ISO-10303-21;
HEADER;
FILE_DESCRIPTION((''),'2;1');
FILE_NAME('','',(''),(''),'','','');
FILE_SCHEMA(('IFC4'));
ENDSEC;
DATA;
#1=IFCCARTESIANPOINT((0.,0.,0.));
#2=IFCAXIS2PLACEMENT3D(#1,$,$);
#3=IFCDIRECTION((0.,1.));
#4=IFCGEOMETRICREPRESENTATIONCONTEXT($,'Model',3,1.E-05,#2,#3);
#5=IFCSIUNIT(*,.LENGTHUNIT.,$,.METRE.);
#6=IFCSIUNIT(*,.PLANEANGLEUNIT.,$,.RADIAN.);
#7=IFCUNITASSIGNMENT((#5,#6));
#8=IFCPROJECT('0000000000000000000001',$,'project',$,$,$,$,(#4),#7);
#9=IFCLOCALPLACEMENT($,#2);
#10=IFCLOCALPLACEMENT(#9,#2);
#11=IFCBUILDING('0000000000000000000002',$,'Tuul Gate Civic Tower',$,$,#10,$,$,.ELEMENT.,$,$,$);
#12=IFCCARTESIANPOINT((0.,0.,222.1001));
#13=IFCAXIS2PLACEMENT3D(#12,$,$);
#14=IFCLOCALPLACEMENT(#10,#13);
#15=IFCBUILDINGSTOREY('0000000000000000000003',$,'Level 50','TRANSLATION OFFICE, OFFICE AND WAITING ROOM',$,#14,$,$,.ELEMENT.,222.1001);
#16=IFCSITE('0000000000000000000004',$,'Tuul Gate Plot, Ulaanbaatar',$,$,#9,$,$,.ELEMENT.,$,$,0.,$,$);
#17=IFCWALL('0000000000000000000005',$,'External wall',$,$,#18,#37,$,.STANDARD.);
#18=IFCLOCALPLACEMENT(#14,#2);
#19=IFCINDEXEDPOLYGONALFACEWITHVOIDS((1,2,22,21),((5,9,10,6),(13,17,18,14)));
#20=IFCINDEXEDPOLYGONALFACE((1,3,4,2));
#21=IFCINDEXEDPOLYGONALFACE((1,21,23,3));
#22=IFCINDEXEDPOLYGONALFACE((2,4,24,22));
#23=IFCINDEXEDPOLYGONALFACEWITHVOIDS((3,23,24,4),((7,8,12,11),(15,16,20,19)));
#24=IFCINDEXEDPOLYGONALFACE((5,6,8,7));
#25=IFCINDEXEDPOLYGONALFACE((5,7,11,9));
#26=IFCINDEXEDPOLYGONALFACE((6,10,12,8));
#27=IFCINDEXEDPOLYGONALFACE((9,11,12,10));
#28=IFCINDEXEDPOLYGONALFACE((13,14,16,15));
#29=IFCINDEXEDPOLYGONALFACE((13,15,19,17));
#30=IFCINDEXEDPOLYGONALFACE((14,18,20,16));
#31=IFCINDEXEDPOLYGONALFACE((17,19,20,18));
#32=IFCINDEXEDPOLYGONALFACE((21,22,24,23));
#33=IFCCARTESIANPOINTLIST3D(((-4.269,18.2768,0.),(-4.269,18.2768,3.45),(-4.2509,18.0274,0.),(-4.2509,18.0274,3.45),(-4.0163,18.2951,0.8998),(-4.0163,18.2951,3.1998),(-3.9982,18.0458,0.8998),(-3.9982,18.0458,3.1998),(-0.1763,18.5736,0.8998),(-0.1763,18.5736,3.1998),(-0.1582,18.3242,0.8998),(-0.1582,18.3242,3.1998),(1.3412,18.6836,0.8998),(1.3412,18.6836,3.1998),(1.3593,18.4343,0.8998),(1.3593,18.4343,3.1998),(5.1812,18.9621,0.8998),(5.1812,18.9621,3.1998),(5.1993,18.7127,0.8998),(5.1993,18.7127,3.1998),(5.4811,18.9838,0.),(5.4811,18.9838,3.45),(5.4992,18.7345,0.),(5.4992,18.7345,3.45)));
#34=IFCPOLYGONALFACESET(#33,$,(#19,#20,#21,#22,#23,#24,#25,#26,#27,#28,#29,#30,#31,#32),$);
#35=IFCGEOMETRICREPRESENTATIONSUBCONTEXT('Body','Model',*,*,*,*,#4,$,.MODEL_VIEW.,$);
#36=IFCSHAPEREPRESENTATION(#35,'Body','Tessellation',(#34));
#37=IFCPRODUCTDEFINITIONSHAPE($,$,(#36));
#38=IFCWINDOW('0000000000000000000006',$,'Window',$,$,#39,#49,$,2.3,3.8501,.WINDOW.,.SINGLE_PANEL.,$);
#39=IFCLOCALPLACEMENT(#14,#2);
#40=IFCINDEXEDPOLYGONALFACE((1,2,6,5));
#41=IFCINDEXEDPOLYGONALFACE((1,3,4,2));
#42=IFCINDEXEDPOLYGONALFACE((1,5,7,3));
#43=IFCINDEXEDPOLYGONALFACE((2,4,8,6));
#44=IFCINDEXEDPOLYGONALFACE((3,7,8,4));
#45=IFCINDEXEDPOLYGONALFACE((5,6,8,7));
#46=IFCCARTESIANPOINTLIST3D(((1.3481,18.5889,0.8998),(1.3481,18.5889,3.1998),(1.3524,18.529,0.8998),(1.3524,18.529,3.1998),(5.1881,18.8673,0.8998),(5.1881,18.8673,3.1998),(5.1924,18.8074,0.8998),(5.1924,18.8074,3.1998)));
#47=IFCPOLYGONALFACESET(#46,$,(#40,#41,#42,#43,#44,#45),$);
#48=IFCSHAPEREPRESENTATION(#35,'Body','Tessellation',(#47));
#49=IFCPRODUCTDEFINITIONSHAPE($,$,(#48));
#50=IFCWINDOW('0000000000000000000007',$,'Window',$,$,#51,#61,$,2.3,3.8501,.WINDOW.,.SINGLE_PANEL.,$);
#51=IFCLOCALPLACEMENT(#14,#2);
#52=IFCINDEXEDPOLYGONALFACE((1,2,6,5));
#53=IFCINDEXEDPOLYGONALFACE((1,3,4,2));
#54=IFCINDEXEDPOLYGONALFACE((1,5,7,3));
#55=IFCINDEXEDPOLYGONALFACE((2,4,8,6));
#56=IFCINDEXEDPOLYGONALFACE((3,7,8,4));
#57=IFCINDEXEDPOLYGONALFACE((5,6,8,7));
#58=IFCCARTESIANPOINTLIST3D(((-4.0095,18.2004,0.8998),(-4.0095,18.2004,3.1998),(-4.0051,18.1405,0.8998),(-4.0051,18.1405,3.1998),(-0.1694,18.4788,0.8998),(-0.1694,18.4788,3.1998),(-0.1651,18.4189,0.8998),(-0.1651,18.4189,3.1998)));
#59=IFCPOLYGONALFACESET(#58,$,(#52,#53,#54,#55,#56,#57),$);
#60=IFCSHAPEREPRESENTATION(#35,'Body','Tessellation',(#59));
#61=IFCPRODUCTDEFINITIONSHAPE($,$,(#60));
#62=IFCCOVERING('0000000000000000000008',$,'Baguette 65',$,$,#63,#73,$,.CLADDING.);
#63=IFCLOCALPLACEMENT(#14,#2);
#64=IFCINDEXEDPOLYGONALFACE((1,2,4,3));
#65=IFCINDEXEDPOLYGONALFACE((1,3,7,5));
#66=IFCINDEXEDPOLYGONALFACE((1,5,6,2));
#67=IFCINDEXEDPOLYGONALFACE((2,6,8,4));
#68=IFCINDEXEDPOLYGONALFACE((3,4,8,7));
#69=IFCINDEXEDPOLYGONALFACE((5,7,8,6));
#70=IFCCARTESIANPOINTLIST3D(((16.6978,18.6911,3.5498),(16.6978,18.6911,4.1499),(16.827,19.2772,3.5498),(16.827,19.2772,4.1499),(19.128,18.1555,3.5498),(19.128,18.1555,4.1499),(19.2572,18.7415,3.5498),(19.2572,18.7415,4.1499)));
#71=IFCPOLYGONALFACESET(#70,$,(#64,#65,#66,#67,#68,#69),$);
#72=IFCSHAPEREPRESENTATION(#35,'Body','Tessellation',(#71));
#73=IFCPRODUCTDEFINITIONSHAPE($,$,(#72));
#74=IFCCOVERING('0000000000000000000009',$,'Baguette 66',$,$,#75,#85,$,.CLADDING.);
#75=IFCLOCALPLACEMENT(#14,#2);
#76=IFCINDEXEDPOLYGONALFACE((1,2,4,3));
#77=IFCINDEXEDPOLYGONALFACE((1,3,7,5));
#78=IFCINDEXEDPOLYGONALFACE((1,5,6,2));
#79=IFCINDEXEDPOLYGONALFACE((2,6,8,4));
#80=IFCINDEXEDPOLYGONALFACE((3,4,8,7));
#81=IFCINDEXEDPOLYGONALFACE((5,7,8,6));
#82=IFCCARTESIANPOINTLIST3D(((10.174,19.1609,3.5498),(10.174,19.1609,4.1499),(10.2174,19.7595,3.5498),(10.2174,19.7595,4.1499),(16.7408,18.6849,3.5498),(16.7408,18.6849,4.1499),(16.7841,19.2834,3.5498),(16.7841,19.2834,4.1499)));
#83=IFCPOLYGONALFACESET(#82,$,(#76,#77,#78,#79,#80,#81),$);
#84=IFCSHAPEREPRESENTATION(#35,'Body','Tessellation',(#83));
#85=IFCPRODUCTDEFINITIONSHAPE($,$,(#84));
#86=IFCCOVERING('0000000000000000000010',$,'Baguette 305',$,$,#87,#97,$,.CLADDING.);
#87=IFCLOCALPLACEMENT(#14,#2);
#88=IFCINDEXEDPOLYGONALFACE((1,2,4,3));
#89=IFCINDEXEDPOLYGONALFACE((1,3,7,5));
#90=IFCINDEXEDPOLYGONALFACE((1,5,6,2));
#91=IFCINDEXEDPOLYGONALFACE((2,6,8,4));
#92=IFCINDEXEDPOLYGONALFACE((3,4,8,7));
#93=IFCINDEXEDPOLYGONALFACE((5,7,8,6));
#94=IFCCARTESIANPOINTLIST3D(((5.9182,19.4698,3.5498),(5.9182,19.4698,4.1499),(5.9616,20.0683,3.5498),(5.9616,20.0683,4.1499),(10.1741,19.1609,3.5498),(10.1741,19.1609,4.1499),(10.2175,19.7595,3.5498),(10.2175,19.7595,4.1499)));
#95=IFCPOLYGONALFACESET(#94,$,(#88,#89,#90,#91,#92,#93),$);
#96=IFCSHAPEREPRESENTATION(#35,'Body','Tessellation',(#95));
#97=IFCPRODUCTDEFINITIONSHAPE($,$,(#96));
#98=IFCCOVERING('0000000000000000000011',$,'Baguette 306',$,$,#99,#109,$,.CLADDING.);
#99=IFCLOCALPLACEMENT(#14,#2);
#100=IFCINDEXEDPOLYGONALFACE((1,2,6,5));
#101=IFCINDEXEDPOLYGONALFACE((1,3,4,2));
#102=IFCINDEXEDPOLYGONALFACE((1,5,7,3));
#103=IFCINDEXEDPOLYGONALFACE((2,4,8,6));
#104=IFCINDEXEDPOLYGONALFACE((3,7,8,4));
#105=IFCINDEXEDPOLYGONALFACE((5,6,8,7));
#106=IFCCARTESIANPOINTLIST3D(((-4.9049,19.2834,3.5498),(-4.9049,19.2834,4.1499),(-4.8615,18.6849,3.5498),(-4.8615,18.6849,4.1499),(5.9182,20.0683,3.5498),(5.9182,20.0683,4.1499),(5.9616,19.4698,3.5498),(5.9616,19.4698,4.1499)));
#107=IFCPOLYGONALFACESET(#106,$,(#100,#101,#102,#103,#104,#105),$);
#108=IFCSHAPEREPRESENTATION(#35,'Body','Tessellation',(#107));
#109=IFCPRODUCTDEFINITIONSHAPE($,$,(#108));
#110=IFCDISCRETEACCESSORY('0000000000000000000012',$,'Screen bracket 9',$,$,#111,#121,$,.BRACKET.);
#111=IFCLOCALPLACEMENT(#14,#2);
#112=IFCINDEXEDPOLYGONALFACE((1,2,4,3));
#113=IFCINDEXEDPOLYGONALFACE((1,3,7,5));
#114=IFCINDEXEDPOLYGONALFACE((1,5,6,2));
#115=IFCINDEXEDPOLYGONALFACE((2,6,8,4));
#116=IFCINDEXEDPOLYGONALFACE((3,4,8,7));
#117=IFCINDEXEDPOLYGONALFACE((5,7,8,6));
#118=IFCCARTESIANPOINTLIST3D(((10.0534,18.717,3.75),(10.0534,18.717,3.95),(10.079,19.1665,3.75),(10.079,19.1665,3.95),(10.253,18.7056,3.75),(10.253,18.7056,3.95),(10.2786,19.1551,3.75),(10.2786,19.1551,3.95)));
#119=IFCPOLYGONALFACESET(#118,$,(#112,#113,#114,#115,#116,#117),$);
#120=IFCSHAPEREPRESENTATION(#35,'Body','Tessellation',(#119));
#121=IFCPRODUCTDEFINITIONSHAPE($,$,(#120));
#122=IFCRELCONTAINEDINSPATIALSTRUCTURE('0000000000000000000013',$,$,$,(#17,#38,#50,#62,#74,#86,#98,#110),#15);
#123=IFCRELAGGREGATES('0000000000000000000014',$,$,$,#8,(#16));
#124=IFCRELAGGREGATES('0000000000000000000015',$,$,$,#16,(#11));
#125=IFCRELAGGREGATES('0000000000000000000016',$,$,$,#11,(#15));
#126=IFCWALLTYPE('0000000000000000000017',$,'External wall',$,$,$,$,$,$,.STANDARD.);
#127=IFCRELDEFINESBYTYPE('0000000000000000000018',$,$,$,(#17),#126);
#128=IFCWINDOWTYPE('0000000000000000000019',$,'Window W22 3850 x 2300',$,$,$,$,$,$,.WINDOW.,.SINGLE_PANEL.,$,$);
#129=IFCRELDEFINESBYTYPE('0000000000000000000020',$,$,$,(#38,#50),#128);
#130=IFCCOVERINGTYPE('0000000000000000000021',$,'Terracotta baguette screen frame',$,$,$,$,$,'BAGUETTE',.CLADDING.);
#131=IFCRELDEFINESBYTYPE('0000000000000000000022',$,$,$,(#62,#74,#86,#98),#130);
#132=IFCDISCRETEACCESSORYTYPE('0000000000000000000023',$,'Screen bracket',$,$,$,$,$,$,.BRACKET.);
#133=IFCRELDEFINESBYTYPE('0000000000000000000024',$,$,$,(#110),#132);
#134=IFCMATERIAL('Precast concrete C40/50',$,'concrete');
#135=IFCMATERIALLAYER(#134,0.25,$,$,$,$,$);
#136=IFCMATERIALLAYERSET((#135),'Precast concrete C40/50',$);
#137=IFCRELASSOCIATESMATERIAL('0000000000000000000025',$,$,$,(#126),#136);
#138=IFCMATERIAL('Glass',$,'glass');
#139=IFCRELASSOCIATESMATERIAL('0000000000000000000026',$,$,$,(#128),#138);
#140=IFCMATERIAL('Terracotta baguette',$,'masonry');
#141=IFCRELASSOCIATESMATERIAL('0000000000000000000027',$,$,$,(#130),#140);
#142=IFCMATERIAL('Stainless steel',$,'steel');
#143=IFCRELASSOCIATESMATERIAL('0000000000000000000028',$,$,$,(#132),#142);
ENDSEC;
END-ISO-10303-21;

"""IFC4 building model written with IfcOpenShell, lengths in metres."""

from ifc_helpers import new_model, si_unit, direction, frame, frame_2d, origin, origin_2d, place, context, subcontext, project, spatial, rectangle, extrude, material, layer, layer_set, material_profile, profile_set, type_object, element, fill, save


model = new_model("IFC4")

# Units and contexts
model_context = context("Model", 3, precision=1e-05, world=origin(), true_north=direction((0.0, 1.0)))
body_context = subcontext(model_context, "Body", "Model", "MODEL_VIEW")
ifc_project = project(units=[si_unit("LENGTHUNIT", "METRE"), si_unit("PLANEANGLEUNIT", "RADIAN")], contexts=[model_context])

# Site, building, storey
site_placement = place(None, origin())
site = spatial("IfcSite", under=ifc_project, at=site_placement, Name="Tuul Gate Plot, Ulaanbaatar", CompositionType="ELEMENT", RefElevation=0.0)
building_placement = place(site_placement, origin())
building = spatial("IfcBuilding", under=site, at=building_placement, Name="Tuul Gate Civic Tower", CompositionType="ELEMENT")
storey_placement = place(building_placement, frame((0.0, 0.0, 222.1001)))
storey = spatial("IfcBuildingStorey", under=building, at=storey_placement, Name="Level 50", Description="TRANSLATION OFFICE, OFFICE AND WAITING ROOM", CompositionType="ELEMENT", Elevation=222.1001)

# Wall, openings, windows
ifc_material_1 = material(Name="Precast concrete C40/50", Category="concrete")
ifc_layer_1 = layer(ifc_material_1, 0.25)
ifc_layer_set_1 = layer_set([ifc_layer_1], Name="Precast concrete C40/50")
wall_type_1 = type_object("IfcWallType", Name="External wall", PredefinedType="STANDARD", material=ifc_layer_set_1)
ifc_material_2 = material(Name="Glass", Category="glass")
window_type = type_object("IfcWindowType", Name="Window W22 3850 x 2300", PartitioningType="SINGLE_PANEL", PredefinedType="WINDOW", material=ifc_material_2)
wall_1_placement = place(storey_placement, frame((5.49, 18.8591, 0.0), z_axis=(0.0, 0.0, 1.0), x_axis=(-0.997381, -0.072326, 0.0)))
wall_1 = element("IfcWall", 1, at=wall_1_placement, inside=storey, type_object=wall_type_1, Name="External wall", PredefinedType="STANDARD", context=body_context, shape_type="SweptSolid", body=[
    extrude(rectangle(XDim=9.7756, YDim=0.25, at=frame_2d((4.8877, 0.0))), origin(), (0.0, 0.0, 1.0), 3.45),
])
opening_1_placement = place(wall_1_placement, frame((0.3005, 0.0, 0.8999)))
opening_1 = element("IfcOpeningElement", 2, at=opening_1_placement, cuts=wall_1, PredefinedType="OPENING", context=body_context, shape_type="SweptSolid", body=[
    extrude(rectangle(XDim=3.8501, YDim=2.3, at=frame_2d((1.925, 1.1499))), frame((0.0, 0.135, 0.0), z_axis=(0.0, -1.0, 0.0), x_axis=(1.0, 0.0, 0.0)), (0.0, 0.0, 1.0), 0.27),
])
opening_2_placement = place(wall_1_placement, frame((5.6721, 0.0, 0.8999)))
opening_2 = element("IfcOpeningElement", 3, at=opening_2_placement, cuts=wall_1, PredefinedType="OPENING", context=body_context, shape_type="SweptSolid", body=[
    extrude(rectangle(XDim=3.8501, YDim=2.3, at=frame_2d((1.925, 1.1499))), frame((0.0, 0.135, 0.0), z_axis=(0.0, -1.0, 0.0), x_axis=(1.0, 0.0, 0.0)), (0.0, 0.0, 1.0), 0.27),
])
window_1_placement = place(opening_1_placement, origin())
window_1 = element("IfcWindow", 4, at=window_1_placement, inside=storey, type_object=window_type, Name="Window", OverallHeight=2.3, OverallWidth=3.8501, PartitioningType="SINGLE_PANEL", PredefinedType="WINDOW", context=body_context, shape_type="SweptSolid", body=[
    extrude(rectangle(XDim=3.8501, YDim=2.3, at=frame_2d((1.925, 1.1499))), frame((0.0, 0.03, 0.0), z_axis=(0.0, -1.0, 0.0), x_axis=(1.0, 0.0, 0.0)), (0.0, 0.0, 1.0), 0.0601),
])
fill(opening_1, window_1)
window_2_placement = place(opening_2_placement, origin())
window_2 = element("IfcWindow", 5, at=window_2_placement, inside=storey, type_object=window_type, Name="Window", OverallHeight=2.3, OverallWidth=3.8501, PartitioningType="SINGLE_PANEL", PredefinedType="WINDOW", context=body_context, shape_type="SweptSolid", body=[
    extrude(rectangle(XDim=3.8501, YDim=2.3, at=frame_2d((1.925, 1.1499))), frame((0.0, 0.03, 0.0), z_axis=(0.0, -1.0, 0.0), x_axis=(1.0, 0.0, 0.0)), (0.0, 0.0, 1.0), 0.0601),
])
fill(opening_2, window_2)

# Coverings
ifc_material_3 = material(Name="Terracotta baguette", Category="masonry")
ifc_material_profile_1 = material_profile(ifc_material_3, rectangle(XDim=0.6001, YDim=0.6001, at=origin_2d()), Name="Terracotta baguette screen frame")
ifc_profile_set_1 = profile_set([ifc_material_profile_1], Name="Terracotta baguette")
covering_type = type_object("IfcCoveringType", Name="Terracotta baguette screen frame", ElementType="BAGUETTE", PredefinedType="CLADDING", material=ifc_profile_set_1)
covering_1_placement = place(storey_placement, frame((19.1926, 18.4485, 3.8499), z_axis=(-0.97656, 0.215247, 0.0), x_axis=(-0.215247, -0.97656, 0.0)))
element("IfcCovering", 6, at=covering_1_placement, inside=storey, type_object=covering_type, Name="Baguette 65", PredefinedType="CLADDING", context=body_context, shape_type="SweptSolid", body=[
    extrude(rectangle(XDim=0.6001, YDim=0.6001, at=origin_2d()), origin(), (0.0, 0.0, 1.0), 2.4885),
])
covering_2_placement = place(storey_placement, frame((16.7625, 18.9841, 3.8499), z_axis=(-0.997382, 0.072309, 0.0), x_axis=(-0.072309, -0.997382, 0.0)))
element("IfcCovering", 7, at=covering_2_placement, inside=storey, type_object=covering_type, Name="Baguette 66", PredefinedType="CLADDING", context=body_context, shape_type="SweptSolid", body=[
    extrude(rectangle(XDim=0.6001, YDim=0.6001, at=origin_2d()), origin(), (0.0, 0.0, 1.0), 6.584),
])
covering_3_placement = place(storey_placement, frame((10.1958, 19.4602, 3.8499), z_axis=(-0.997377, 0.072377, 0.0), x_axis=(-0.072377, -0.997377, 0.0)))
element("IfcCovering", 8, at=covering_3_placement, inside=storey, type_object=covering_type, Name="Baguette 305", PredefinedType="CLADDING", context=body_context, shape_type="SweptSolid", body=[
    extrude(rectangle(XDim=0.6001, YDim=0.6001, at=origin_2d()), origin(), (0.0, 0.0, 1.0), 4.2671),
])
covering_4_placement = place(storey_placement, frame((5.9399, 19.769, 3.8499), z_axis=(-0.997381, -0.072331, 0.0), x_axis=(0.072331, -0.997381, 0.0)))
element("IfcCovering", 9, at=covering_4_placement, inside=storey, type_object=covering_type, Name="Baguette 306", PredefinedType="CLADDING", context=body_context, shape_type="SweptSolid", body=[
    extrude(rectangle(XDim=0.6001, YDim=0.6001, at=origin_2d()), origin(), (0.0, 0.0, 1.0), 10.8516),
])

# Discrete accessory
ifc_material_4 = material(Name="Stainless steel", Category="steel")
discrete_accessory_type = type_object("IfcDiscreteAccessoryType", Name="Screen bracket", PredefinedType="BRACKET", material=ifc_material_4)
discrete_accessory_placement = place(storey_placement, frame((10.166, 18.936, 3.75), z_axis=(0.0, 0.0, 1.0), x_axis=(0.056829, 0.998384, 0.0)))
element("IfcDiscreteAccessory", 10, at=discrete_accessory_placement, inside=storey, type_object=discrete_accessory_type, Name="Screen bracket 9", PredefinedType="BRACKET", context=body_context, shape_type="SweptSolid", body=[
    extrude(rectangle(XDim=0.4502, YDim=0.2, at=origin_2d()), origin(), (0.0, 0.0, 1.0), 0.2),
])

save(model, "model.ifc")
